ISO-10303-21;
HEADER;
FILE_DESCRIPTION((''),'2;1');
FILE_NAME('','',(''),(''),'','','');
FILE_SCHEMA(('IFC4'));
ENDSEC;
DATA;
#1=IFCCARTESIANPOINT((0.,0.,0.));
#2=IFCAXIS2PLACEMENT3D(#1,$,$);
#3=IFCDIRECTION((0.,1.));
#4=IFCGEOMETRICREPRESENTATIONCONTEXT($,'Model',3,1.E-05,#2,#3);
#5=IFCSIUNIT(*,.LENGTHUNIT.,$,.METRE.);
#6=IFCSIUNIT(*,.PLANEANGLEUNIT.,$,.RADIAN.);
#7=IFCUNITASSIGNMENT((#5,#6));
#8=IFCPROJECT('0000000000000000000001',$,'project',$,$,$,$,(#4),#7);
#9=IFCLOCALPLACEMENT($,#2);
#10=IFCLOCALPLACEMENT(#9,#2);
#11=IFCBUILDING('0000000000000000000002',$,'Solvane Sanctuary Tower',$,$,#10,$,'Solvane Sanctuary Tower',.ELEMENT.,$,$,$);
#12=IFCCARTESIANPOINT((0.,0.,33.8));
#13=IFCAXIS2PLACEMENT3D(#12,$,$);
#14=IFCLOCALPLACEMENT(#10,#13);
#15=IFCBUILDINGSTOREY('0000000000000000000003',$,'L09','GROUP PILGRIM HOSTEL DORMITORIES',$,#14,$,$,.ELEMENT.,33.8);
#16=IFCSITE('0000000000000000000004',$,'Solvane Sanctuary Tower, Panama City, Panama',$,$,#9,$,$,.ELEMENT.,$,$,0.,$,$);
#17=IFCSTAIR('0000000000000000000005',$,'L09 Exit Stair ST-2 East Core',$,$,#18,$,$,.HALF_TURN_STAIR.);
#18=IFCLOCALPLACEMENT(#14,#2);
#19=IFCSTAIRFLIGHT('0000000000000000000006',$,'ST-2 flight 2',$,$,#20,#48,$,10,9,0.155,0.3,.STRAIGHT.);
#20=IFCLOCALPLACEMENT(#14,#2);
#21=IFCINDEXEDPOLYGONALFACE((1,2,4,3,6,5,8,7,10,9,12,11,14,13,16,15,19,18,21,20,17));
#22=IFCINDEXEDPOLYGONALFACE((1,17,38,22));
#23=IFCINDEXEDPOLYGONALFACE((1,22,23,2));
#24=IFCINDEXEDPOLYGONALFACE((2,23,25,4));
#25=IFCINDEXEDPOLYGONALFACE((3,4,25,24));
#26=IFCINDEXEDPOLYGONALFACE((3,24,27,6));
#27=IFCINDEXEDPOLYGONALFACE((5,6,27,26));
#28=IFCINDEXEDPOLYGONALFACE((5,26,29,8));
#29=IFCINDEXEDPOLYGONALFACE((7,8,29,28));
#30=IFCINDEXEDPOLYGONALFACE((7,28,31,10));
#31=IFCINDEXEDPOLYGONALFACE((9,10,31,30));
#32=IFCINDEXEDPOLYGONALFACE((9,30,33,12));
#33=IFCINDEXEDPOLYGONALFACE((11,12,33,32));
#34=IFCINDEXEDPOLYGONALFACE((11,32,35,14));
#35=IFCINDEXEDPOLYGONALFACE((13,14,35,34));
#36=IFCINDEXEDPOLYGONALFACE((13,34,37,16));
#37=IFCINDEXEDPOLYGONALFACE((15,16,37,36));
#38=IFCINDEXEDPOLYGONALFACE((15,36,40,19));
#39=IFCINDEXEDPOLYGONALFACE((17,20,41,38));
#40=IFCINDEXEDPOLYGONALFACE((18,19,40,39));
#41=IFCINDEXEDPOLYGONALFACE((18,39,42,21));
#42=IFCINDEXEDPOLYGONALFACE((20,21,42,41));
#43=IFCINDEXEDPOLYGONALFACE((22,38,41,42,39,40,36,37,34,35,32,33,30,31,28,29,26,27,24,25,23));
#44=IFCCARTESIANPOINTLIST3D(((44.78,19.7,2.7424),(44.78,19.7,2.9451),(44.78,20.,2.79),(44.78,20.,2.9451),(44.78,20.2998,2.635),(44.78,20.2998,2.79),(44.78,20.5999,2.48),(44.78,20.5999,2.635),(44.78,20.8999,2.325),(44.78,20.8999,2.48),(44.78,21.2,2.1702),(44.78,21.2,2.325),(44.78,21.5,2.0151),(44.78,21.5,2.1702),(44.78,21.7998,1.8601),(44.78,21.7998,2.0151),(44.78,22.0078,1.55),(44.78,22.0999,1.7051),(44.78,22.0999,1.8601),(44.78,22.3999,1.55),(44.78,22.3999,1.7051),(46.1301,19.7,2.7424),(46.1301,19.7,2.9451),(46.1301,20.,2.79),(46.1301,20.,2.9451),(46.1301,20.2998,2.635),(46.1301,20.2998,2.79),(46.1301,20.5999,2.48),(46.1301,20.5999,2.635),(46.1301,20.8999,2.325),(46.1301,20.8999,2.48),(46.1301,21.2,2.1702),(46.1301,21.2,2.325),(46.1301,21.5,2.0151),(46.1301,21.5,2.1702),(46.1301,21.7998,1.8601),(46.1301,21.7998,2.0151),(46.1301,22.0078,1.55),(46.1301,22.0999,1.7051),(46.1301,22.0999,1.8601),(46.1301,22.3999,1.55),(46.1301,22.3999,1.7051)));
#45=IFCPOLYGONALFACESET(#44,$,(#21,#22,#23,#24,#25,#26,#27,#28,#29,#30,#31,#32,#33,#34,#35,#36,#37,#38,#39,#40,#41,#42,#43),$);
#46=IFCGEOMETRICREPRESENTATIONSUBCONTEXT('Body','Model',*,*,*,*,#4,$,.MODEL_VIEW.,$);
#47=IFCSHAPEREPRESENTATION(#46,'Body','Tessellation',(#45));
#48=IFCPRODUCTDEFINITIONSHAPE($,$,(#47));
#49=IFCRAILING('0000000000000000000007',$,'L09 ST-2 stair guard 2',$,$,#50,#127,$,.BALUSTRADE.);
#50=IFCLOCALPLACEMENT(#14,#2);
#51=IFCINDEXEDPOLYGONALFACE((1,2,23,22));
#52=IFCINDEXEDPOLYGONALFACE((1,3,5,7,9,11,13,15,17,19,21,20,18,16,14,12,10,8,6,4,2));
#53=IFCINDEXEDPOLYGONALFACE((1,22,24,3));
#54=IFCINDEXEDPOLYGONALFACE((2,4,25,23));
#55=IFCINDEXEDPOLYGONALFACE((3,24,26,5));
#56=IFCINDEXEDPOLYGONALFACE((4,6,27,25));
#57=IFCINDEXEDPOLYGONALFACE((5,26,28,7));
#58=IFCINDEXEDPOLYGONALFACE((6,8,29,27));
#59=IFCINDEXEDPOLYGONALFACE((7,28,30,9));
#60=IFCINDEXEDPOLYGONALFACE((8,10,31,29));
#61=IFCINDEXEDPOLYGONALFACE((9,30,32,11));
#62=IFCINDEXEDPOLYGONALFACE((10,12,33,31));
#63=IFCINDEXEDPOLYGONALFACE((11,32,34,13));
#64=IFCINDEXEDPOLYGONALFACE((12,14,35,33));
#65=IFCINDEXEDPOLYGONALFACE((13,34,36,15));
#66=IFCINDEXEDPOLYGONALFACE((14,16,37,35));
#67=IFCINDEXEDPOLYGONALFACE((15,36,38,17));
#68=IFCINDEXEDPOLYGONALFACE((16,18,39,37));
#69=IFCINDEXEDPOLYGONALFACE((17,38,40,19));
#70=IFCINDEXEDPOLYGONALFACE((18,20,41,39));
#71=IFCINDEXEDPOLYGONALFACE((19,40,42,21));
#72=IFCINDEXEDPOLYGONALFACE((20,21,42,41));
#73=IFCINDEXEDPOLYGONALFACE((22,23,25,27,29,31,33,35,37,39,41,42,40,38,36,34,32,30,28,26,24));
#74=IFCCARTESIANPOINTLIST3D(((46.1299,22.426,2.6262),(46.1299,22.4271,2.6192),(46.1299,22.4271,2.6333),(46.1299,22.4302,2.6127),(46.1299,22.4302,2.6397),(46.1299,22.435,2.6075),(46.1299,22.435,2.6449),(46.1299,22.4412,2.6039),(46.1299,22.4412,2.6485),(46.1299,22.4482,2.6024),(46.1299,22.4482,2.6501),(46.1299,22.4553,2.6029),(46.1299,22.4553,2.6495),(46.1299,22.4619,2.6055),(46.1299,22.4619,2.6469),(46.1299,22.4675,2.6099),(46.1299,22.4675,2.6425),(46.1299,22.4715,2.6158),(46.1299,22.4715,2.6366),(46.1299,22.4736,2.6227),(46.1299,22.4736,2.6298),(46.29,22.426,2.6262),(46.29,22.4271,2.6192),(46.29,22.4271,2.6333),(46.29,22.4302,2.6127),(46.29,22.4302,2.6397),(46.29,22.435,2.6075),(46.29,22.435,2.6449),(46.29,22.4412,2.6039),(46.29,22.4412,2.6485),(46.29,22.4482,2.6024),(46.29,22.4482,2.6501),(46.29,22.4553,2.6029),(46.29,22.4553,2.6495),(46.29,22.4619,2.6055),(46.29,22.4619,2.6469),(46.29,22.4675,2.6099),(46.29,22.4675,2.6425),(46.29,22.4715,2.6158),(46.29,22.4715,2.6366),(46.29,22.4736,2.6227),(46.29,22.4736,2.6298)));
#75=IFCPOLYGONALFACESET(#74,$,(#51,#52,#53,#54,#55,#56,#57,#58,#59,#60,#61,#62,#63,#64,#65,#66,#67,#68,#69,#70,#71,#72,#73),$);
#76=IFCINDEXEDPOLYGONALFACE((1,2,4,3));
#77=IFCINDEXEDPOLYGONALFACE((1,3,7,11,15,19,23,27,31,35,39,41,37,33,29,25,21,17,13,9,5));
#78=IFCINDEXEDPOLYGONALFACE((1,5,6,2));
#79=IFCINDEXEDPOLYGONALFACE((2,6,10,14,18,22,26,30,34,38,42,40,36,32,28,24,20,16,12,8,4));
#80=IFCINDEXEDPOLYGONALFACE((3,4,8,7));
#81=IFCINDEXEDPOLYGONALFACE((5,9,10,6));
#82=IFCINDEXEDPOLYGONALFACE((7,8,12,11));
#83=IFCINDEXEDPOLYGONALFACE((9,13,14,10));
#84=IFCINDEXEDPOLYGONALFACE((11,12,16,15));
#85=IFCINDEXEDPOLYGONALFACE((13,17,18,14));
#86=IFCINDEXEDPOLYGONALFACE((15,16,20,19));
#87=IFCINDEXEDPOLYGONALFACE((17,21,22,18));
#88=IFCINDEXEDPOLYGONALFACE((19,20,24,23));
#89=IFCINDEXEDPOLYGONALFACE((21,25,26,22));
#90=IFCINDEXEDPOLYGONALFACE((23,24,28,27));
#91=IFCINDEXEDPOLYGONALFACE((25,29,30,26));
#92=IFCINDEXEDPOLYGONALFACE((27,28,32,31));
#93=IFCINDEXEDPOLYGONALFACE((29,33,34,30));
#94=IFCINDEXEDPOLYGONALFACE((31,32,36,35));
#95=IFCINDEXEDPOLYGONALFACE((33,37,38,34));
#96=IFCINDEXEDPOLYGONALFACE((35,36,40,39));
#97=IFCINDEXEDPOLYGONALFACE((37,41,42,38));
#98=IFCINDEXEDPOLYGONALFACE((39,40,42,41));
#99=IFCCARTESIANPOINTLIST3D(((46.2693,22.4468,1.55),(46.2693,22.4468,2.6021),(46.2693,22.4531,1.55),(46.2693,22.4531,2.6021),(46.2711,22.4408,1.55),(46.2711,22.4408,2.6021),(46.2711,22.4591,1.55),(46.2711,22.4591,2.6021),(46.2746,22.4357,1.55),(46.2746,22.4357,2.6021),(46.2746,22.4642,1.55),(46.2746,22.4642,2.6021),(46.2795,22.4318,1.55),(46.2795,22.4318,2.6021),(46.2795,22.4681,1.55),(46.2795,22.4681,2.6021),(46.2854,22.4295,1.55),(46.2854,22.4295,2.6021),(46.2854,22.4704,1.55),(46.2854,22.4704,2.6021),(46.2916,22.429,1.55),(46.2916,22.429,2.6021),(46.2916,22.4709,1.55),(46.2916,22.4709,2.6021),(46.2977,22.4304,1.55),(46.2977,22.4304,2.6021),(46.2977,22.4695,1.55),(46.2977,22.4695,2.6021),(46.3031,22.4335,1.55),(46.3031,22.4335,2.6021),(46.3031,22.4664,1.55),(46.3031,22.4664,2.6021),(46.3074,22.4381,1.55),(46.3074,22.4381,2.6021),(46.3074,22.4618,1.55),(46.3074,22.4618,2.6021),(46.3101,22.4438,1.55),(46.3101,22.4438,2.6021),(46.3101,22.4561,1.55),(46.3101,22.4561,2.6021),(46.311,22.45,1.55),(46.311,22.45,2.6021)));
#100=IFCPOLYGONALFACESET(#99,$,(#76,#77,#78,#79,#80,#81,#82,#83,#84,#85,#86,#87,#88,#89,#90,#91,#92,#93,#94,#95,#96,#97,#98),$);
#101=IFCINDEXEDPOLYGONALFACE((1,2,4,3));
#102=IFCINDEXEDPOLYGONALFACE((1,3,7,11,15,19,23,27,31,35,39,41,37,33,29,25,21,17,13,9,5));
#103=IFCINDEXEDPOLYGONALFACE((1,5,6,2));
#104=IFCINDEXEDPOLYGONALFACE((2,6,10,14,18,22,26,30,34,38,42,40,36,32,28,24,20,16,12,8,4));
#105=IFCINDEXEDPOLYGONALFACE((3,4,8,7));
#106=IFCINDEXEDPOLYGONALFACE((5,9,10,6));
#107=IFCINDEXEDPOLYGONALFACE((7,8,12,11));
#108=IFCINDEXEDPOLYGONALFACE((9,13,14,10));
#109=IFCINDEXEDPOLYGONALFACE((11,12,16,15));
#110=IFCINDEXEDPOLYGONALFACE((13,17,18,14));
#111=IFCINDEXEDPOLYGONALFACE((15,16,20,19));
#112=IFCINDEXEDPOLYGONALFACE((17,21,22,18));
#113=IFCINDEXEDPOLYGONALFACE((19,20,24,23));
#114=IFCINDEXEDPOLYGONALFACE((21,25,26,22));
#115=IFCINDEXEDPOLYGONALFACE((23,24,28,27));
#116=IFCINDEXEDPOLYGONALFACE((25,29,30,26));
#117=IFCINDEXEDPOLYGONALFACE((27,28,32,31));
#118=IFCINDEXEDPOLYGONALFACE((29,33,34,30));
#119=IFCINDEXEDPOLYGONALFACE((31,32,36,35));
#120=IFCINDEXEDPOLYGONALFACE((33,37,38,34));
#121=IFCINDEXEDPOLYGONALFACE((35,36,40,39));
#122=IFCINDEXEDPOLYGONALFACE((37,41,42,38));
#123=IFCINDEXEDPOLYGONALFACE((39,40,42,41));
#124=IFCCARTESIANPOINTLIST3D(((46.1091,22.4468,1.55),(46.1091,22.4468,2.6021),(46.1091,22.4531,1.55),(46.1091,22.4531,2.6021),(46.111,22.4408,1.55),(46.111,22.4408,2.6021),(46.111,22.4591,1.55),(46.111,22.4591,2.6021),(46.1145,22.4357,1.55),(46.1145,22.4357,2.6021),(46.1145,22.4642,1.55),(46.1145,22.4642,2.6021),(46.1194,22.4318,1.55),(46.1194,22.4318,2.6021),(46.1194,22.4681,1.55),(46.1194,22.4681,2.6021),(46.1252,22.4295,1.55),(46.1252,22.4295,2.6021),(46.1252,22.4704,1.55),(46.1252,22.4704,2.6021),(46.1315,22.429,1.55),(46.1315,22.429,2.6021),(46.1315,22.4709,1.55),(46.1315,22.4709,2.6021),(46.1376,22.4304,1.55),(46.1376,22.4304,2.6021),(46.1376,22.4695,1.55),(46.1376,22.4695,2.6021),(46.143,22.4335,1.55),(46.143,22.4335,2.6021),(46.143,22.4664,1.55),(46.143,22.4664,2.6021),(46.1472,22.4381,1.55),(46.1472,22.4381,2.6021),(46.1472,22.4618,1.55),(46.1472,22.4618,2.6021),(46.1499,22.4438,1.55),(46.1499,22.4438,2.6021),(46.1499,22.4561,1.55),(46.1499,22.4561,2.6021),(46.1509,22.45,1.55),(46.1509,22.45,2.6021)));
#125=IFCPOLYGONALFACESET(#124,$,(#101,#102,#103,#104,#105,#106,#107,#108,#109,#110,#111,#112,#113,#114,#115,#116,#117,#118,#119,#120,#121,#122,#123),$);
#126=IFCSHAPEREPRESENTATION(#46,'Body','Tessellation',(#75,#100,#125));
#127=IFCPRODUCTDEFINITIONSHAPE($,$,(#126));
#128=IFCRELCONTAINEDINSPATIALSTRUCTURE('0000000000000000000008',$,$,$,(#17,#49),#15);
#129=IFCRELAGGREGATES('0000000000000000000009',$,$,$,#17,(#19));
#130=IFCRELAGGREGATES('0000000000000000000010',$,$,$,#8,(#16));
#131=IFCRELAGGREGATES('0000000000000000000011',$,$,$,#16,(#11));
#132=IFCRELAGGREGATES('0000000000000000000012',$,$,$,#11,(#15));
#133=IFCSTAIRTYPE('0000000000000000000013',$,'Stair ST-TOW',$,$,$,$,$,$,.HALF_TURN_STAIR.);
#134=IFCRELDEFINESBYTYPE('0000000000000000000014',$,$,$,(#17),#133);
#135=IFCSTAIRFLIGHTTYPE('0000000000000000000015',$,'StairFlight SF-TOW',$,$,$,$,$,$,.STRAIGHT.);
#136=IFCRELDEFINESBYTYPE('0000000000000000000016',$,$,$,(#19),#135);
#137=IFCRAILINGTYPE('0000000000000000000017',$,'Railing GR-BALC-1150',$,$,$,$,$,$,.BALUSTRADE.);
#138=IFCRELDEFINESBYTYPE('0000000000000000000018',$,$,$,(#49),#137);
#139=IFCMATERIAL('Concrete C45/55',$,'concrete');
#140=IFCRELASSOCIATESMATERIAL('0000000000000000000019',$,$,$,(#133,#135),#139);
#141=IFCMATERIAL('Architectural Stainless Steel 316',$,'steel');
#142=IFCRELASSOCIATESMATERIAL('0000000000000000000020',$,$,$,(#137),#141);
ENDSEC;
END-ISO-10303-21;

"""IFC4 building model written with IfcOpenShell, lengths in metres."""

from ifc_helpers import new_model, si_unit, direction, frame, origin, origin_2d, place, context, subcontext, project, spatial, polyline, circle, outline, extrude, material, type_object, element, aggregate, save


model = new_model("IFC4")

# Units and contexts
model_context = context("Model", 3, precision=1e-05, world=origin(), true_north=direction((0.0, 1.0)))
body_context = subcontext(model_context, "Body", "Model", "MODEL_VIEW")
ifc_project = project(units=[si_unit("LENGTHUNIT", "METRE"), si_unit("PLANEANGLEUNIT", "RADIAN")], contexts=[model_context])

# Site, building, storey
site_placement = place(None, origin())
site = spatial("IfcSite", under=ifc_project, at=site_placement, Name="Solvane Sanctuary Tower, Panama City, Panama", CompositionType="ELEMENT", RefElevation=0.0)
building_placement = place(site_placement, origin())
building = spatial("IfcBuilding", under=site, at=building_placement, Name="Solvane Sanctuary Tower", LongName="Solvane Sanctuary Tower", CompositionType="ELEMENT")
storey_placement = place(building_placement, frame((0.0, 0.0, 33.8)))
storey = spatial("IfcBuildingStorey", under=building, at=storey_placement, Name="L09", Description="GROUP PILGRIM HOSTEL DORMITORIES", CompositionType="ELEMENT", Elevation=33.8)

# Shared definitions
ifc_material_1 = material(Name="Architectural Stainless Steel 316", Category="steel")

# Stair, stair flight
ifc_material_2 = material(Name="Concrete C45/55", Category="concrete")
stair_type = type_object("IfcStairType", Name="Stair ST-TOW", PredefinedType="HALF_TURN_STAIR", material=ifc_material_2)
stair_placement = place(storey_placement, origin())
stair = element("IfcStair", 1, at=stair_placement, inside=storey, type_object=stair_type, Name="L09 Exit Stair ST-2 East Core", PredefinedType="HALF_TURN_STAIR")
stair_flight_type = type_object("IfcStairFlightType", Name="StairFlight SF-TOW", PredefinedType="STRAIGHT", material=ifc_material_2)
stair_flight_placement = place(storey_placement, frame((45.4551, 22.3999, 1.55), z_axis=(0.0, 0.0, 1.0), x_axis=(0.0, -1.0, 0.0)))
stair_flight = element("IfcStairFlight", 2, at=stair_flight_placement, type_object=stair_flight_type, Name="ST-2 flight 2", NumberOfRisers=10, NumberOfTreads=9, PredefinedType="STRAIGHT", RiserHeight=0.155, TreadLength=0.3, context=body_context, shape_type="SweptSolid", body=[
    extrude(outline(polyline([(0.0, 0.0), (0.0, 0.155), (0.3, 0.155), (0.3, 0.3101), (0.6001, 0.3101), (0.6001, 0.4651), (0.8999, 0.4651), (0.8999, 0.6201), (1.2, 0.6201), (1.2, 0.7749), (1.5, 0.7749), (1.5, 0.9299), (1.8, 0.9299), (1.8, 1.085), (2.1001, 1.085), (2.1001, 1.24), (2.3999, 1.24), (2.3999, 1.395), (2.7, 1.395), (2.7, 1.55), (2.7, 1.1924), (0.3921, 0.0), (0.0, 0.0)])), frame((0.0, 0.675, 0.0), z_axis=(0.0, -1.0, 0.0), x_axis=(1.0, 0.0, 0.0)), (0.0, 0.0, 1.0), 1.3501),
])
aggregate(stair, [stair_flight])

# Railing
railing_type_1 = type_object("IfcRailingType", Name="Railing GR-BALC-1150", PredefinedType="BALUSTRADE", material=ifc_material_1)
railing_1_placement = place(storey_placement, frame((46.29, 22.45, 1.55)))
element("IfcRailing", 3, at=railing_1_placement, inside=storey, type_object=railing_type_1, Name="L09 ST-2 stair guard 2", PredefinedType="BALUSTRADE", context=body_context, shape_type="SweptSolid", body=[
    extrude(circle(Radius=0.0239, at=origin_2d()), frame((0.0, 0.0, 1.0762), z_axis=(-1.0, 0.0, 0.0), x_axis=(0.0, -1.0, 0.0)), (0.0, 0.0, 1.0), 0.1602),
    extrude(circle(Radius=0.021, at=origin_2d()), origin(), (0.0, 0.0, 1.0), 1.052),
    extrude(circle(Radius=0.021, at=origin_2d()), frame((-0.1602, 0.0, 0.0)), (0.0, 0.0, 1.0), 1.052),
])

save(model, "model.ifc")
